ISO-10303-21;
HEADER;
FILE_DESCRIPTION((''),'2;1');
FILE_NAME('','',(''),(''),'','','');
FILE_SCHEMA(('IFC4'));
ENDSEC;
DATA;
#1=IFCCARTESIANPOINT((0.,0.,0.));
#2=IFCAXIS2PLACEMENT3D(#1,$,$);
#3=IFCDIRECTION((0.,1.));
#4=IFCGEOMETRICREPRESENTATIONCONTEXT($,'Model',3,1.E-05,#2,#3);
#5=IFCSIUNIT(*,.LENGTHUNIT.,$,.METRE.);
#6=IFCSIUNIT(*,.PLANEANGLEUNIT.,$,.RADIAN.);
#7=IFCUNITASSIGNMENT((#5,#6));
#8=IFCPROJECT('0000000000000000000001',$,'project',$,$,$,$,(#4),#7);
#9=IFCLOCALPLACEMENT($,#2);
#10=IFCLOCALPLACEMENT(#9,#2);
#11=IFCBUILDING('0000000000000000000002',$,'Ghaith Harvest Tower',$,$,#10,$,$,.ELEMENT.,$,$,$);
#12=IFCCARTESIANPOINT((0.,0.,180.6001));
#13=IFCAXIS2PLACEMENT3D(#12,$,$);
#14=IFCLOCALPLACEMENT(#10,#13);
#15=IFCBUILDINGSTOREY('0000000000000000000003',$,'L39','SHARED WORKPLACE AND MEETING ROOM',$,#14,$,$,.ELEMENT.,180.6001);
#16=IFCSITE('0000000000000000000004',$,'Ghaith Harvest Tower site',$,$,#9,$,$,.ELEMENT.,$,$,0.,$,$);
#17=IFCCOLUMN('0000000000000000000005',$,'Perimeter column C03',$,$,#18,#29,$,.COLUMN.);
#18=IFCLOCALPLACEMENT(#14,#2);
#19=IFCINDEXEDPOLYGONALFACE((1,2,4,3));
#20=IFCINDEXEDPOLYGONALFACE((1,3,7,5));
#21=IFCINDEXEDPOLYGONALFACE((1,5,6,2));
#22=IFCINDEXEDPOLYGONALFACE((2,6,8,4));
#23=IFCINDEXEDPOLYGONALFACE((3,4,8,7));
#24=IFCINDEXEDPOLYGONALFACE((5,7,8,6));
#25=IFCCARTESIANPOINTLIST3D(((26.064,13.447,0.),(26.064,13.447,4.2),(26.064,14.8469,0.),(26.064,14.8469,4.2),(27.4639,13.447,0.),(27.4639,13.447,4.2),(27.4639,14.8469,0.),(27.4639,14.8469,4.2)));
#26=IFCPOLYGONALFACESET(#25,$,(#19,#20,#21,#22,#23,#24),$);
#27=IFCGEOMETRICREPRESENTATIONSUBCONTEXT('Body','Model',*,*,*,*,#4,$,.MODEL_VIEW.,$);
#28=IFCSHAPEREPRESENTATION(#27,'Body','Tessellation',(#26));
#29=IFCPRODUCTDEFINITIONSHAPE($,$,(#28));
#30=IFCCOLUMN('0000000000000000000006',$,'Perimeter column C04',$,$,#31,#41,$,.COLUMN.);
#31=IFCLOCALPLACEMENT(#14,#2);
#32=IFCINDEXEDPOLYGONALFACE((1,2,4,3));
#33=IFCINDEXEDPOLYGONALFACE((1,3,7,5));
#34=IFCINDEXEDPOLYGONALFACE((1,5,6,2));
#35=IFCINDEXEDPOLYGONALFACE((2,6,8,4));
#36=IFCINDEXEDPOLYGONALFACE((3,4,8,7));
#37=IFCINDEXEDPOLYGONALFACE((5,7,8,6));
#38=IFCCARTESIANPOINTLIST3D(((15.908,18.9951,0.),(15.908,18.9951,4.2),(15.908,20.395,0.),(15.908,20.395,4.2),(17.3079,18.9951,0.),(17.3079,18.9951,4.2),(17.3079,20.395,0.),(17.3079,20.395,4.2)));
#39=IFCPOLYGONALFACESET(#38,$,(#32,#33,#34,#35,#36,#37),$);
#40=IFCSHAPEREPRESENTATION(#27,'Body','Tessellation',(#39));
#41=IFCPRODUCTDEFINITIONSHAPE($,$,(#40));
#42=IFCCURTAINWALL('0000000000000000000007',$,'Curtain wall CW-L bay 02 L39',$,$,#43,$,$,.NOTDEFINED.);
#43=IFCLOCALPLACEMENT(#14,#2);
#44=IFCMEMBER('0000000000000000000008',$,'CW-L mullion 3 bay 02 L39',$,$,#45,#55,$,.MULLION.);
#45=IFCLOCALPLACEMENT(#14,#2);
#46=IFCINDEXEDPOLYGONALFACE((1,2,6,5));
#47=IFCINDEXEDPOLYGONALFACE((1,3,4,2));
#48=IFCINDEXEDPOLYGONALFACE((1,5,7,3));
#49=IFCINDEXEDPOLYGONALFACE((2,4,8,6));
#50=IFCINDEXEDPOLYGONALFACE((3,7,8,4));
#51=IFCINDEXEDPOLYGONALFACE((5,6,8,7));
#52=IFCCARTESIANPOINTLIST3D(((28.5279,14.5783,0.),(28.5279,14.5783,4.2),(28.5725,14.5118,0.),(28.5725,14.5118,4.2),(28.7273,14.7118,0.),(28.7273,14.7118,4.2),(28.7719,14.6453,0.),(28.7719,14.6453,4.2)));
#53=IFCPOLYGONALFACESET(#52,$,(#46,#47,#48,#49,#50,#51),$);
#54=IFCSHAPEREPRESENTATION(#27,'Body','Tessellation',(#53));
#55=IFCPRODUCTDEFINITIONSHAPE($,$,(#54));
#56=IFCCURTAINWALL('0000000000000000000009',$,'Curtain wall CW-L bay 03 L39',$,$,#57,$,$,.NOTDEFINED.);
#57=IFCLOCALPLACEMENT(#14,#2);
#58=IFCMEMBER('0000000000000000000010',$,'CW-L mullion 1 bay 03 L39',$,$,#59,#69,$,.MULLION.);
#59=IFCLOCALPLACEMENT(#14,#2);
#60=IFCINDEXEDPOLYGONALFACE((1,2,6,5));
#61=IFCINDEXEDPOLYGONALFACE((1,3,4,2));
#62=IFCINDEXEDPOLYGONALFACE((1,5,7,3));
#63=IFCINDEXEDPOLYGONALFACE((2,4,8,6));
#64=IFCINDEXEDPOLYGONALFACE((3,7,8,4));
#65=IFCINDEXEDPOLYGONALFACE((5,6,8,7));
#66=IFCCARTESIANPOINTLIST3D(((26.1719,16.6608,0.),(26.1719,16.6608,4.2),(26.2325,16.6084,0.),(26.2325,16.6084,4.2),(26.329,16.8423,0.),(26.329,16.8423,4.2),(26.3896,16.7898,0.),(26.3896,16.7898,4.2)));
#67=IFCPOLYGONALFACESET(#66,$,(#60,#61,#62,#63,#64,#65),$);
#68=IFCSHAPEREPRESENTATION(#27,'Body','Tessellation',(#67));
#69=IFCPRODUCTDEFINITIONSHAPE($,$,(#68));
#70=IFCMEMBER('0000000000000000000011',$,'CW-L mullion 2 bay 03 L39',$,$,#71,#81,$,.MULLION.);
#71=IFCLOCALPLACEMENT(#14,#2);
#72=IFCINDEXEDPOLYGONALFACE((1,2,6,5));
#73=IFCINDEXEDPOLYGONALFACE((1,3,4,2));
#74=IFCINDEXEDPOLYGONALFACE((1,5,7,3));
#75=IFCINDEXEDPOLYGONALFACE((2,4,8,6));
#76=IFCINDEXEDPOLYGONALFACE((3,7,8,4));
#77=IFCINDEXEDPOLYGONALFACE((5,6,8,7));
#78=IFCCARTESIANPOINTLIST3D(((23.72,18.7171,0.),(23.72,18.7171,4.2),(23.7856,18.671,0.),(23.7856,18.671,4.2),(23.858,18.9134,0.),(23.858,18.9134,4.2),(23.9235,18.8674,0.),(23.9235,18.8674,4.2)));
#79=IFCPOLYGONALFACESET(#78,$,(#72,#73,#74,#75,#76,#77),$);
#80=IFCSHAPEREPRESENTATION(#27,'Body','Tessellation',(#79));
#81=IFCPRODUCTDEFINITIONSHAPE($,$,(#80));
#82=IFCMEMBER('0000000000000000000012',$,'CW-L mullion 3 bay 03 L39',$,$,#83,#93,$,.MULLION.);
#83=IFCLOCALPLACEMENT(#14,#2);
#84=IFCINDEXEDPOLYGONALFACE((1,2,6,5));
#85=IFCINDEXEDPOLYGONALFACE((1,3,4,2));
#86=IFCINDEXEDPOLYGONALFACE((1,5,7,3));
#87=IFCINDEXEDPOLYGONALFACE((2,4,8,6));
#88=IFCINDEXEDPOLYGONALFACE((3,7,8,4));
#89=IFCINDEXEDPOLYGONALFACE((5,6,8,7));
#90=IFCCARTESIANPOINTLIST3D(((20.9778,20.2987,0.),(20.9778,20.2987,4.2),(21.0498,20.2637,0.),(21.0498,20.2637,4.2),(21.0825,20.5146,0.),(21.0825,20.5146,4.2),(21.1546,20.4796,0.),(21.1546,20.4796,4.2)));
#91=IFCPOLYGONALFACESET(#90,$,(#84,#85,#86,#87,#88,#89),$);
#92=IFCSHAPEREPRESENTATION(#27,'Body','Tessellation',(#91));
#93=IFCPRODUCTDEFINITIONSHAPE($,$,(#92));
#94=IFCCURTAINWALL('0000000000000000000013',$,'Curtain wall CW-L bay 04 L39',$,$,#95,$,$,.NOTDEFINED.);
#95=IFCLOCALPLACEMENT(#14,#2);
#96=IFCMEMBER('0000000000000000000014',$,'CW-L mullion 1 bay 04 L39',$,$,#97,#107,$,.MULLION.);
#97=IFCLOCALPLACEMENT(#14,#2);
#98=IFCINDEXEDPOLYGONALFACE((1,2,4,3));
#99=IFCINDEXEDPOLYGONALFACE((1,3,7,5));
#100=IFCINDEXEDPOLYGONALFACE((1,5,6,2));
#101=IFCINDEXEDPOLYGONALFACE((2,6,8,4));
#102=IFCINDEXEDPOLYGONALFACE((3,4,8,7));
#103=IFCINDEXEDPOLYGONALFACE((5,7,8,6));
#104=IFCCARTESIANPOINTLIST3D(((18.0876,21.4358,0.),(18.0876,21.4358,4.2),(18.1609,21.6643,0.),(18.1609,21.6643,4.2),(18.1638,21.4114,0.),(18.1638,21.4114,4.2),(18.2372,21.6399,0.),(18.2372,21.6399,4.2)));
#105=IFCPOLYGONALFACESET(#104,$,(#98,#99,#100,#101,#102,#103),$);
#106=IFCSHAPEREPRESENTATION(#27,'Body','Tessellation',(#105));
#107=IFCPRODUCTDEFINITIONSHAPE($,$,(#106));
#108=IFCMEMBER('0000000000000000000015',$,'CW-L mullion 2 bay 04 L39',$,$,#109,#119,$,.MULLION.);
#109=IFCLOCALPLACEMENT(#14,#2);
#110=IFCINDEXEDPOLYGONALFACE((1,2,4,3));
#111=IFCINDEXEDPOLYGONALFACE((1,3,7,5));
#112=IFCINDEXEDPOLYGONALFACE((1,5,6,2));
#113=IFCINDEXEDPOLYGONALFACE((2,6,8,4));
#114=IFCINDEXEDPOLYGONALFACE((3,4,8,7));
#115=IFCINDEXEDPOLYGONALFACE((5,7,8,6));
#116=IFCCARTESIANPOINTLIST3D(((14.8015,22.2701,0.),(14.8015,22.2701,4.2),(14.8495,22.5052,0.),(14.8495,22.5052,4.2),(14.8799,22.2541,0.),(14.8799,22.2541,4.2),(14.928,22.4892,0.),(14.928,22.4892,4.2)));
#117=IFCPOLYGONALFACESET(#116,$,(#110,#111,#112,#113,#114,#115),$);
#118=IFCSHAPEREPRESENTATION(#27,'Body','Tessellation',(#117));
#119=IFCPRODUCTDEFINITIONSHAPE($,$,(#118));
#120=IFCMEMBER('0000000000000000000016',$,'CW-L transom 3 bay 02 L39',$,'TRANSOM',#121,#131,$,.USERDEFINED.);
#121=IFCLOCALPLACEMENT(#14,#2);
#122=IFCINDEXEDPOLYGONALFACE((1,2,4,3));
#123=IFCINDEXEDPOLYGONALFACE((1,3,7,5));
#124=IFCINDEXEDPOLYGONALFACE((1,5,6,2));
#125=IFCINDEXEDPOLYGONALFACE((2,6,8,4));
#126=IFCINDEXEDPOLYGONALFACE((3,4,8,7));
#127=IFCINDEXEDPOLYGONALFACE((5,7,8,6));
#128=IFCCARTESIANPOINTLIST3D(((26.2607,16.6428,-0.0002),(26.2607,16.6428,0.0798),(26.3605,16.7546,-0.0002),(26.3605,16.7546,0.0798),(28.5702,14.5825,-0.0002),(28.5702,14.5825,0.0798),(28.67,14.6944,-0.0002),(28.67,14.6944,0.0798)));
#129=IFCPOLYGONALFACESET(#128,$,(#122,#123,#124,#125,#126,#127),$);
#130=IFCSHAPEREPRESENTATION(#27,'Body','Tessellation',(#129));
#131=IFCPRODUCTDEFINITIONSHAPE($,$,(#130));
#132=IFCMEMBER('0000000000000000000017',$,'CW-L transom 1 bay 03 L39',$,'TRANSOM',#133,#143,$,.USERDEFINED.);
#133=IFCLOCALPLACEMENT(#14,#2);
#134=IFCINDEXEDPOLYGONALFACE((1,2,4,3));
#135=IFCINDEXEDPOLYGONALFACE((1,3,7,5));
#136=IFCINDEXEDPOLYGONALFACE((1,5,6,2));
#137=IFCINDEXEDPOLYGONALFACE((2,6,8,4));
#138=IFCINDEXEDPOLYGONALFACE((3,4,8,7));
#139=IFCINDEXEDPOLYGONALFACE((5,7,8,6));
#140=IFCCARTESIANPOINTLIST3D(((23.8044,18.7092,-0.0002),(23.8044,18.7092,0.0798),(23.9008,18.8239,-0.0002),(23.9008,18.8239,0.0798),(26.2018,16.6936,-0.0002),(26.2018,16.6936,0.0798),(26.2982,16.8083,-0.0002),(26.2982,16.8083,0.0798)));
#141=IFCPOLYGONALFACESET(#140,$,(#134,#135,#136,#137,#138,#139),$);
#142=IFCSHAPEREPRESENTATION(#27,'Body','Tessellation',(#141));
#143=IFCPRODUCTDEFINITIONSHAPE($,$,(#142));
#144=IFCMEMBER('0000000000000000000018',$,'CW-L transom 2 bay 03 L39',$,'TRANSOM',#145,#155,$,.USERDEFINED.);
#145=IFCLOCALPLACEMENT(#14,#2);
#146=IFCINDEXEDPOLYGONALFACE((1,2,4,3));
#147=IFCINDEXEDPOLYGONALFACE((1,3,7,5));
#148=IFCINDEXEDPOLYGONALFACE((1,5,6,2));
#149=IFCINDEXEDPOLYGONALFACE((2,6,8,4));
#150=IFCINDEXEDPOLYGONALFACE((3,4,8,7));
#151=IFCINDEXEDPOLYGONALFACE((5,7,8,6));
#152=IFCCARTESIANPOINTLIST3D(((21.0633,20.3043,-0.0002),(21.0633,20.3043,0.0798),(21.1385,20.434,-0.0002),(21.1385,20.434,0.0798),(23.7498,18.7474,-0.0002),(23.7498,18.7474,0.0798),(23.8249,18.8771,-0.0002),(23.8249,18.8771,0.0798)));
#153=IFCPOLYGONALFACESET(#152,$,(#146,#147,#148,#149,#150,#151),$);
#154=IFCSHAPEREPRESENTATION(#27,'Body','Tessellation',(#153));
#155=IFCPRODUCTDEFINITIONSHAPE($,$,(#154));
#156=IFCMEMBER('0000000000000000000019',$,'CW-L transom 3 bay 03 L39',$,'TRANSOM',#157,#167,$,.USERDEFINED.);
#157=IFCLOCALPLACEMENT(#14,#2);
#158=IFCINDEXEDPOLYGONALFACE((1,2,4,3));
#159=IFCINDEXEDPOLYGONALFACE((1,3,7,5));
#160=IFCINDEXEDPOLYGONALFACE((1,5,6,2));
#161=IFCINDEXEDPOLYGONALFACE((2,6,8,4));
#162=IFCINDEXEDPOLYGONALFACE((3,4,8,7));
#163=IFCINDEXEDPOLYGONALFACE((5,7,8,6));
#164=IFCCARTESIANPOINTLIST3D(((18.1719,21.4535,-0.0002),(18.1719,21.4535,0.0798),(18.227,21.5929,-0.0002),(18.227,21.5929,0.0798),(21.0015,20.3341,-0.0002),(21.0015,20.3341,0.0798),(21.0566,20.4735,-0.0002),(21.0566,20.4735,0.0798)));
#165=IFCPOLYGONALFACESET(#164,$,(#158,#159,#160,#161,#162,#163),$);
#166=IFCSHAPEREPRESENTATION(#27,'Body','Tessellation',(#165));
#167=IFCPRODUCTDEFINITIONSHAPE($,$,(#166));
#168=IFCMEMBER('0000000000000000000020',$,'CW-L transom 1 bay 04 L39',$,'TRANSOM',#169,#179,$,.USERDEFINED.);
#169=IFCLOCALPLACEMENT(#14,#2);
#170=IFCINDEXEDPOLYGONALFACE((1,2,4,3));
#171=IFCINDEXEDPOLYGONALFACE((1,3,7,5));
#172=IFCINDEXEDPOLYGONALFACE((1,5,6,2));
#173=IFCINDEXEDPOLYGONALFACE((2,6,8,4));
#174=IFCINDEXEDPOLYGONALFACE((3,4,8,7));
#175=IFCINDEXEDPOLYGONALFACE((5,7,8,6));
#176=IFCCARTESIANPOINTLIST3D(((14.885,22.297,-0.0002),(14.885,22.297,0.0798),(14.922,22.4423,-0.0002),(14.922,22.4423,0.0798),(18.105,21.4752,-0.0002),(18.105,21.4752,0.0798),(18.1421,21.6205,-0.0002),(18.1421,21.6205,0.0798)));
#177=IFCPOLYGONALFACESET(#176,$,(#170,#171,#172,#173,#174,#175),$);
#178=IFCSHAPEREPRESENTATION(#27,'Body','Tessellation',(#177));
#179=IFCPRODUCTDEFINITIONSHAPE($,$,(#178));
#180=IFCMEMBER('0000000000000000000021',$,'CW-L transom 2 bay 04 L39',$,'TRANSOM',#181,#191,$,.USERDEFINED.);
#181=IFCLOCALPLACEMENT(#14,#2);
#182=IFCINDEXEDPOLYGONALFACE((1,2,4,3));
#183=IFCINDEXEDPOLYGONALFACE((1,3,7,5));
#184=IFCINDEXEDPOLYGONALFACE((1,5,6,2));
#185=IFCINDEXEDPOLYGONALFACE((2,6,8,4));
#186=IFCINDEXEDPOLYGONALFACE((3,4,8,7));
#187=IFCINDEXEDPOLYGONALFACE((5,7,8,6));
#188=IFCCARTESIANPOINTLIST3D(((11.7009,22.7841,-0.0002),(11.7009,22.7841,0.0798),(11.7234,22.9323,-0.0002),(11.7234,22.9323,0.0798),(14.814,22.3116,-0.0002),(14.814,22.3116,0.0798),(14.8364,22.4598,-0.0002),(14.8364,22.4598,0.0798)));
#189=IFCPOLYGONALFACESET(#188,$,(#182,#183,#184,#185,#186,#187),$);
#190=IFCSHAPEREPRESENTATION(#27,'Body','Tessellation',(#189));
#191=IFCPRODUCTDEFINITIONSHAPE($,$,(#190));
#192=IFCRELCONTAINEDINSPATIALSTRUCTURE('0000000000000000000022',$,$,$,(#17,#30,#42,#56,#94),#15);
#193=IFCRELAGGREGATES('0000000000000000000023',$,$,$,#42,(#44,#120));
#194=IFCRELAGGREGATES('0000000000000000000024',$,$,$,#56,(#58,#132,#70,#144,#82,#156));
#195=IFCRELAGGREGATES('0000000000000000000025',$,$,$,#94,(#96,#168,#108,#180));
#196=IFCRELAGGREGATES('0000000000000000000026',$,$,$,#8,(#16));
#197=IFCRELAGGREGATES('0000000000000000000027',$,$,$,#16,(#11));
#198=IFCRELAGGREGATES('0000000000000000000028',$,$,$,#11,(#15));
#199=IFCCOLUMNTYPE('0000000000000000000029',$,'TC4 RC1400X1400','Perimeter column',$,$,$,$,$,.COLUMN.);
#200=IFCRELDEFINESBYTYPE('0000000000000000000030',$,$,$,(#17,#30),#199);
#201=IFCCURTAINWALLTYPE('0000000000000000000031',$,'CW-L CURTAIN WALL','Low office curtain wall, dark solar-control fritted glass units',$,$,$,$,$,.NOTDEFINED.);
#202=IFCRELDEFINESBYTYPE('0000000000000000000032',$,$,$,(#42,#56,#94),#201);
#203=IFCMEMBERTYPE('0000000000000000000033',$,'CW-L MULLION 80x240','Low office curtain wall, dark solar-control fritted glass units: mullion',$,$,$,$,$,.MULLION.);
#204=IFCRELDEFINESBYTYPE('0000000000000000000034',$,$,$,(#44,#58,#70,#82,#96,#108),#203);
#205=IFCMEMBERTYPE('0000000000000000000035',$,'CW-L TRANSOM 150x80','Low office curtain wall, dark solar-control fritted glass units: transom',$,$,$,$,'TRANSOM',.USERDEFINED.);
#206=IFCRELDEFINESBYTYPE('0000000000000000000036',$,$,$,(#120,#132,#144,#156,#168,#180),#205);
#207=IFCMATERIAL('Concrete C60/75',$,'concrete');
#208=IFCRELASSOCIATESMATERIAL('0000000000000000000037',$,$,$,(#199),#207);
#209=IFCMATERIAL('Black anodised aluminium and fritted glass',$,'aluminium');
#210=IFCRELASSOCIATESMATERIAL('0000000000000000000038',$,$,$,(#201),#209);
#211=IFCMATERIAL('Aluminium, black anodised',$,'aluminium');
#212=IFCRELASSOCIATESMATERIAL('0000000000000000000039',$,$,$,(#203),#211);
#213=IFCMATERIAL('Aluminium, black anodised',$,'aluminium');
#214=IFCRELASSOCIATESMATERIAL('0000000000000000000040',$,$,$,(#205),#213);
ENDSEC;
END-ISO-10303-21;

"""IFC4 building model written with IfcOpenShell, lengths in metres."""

from ifc_helpers import new_model, si_unit, direction, frame, origin, origin_2d, place, context, subcontext, project, spatial, rectangle, extrude, material, material_profile, profile_set, type_object, element, aggregate, save


model = new_model("IFC4")

# Units and contexts
model_context = context("Model", 3, precision=1e-05, world=origin(), true_north=direction((0.0, 1.0)))
body_context = subcontext(model_context, "Body", "Model", "MODEL_VIEW")
ifc_project = project(units=[si_unit("LENGTHUNIT", "METRE"), si_unit("PLANEANGLEUNIT", "RADIAN")], contexts=[model_context])

# Site, building, storey
site_placement = place(None, origin())
site = spatial("IfcSite", under=ifc_project, at=site_placement, Name="Ghaith Harvest Tower site", CompositionType="ELEMENT", RefElevation=0.0)
building_placement = place(site_placement, origin())
building = spatial("IfcBuilding", under=site, at=building_placement, Name="Ghaith Harvest Tower", CompositionType="ELEMENT")
storey_placement = place(building_placement, frame((0.0, 0.0, 180.6001)))
storey = spatial("IfcBuildingStorey", under=building, at=storey_placement, Name="L39", Description="SHARED WORKPLACE AND MEETING ROOM", CompositionType="ELEMENT", Elevation=180.6001)

# Columns
ifc_material_1 = material(Name="Concrete C60/75", Category="concrete")
ifc_material_profile_1 = material_profile(ifc_material_1, rectangle(XDim=1.3999, YDim=1.3999, at=origin_2d()), Name="RC1400X1400")
ifc_profile_set_1 = profile_set([ifc_material_profile_1], Name="Concrete C60/75")
column_type = type_object("IfcColumnType", Name="TC4 RC1400X1400", Description="Perimeter column", PredefinedType="COLUMN", material=ifc_profile_set_1)
for number, where, z_axis, x_axis, name in (
    (1, (26.7639, 14.147, 0.0), (0.0, 0.0, 1.0), (1.0, 0.0, 0.0), "Perimeter column C03"),
    (2, (16.6079, 19.6951, 0.0), (0.0, 0.0, 1.0), (1.0, 0.0, 0.0), "Perimeter column C04"),
):
    element("IfcColumn", number, at=place(storey_placement, frame(where, z_axis=z_axis, x_axis=x_axis)), inside=storey, type_object=column_type, Name=name, PredefinedType="COLUMN", context=body_context, shape_type="SweptSolid", body=[
        extrude(rectangle(XDim=1.3999, YDim=1.3999, at=origin_2d()), origin(), (0.0, 0.0, 1.0), 4.2),
    ])

# Curtain wall, member
ifc_material_2 = material(Name="Black anodised aluminium and fritted glass", Category="aluminium")
curtain_wall_type = type_object("IfcCurtainWallType", Name="CW-L CURTAIN WALL", Description="Low office curtain wall, dark solar-control fritted glass units", PredefinedType="NOTDEFINED", material=ifc_material_2)
curtain_wall_1_placement = place(storey_placement, origin())
curtain_wall_1 = element("IfcCurtainWall", 3, at=curtain_wall_1_placement, inside=storey, type_object=curtain_wall_type, Name="Curtain wall CW-L bay 02 L39", PredefinedType="NOTDEFINED")
ifc_material_3 = material(Name="Aluminium, black anodised", Category="aluminium")
ifc_material_profile_2 = material_profile(ifc_material_3, rectangle(XDim=0.0801, YDim=0.24, at=origin_2d()), Name="CW-L MULLION 80x240")
ifc_profile_set_2 = profile_set([ifc_material_profile_2], Name="Aluminium, black anodised")
member_type_1 = type_object("IfcMemberType", Name="CW-L MULLION 80x240", Description="Low office curtain wall, dark solar-control fritted glass units: mullion", PredefinedType="MULLION", material=ifc_profile_set_2)
member_1_placement = place(storey_placement, frame((28.6499, 14.6118, 0.0), z_axis=(0.0, 0.0, 1.0), x_axis=(-0.556324, 0.830965, 0.0)))
member_1 = element("IfcMember", 4, at=member_1_placement, type_object=member_type_1, Name="CW-L mullion 3 bay 02 L39", PredefinedType="MULLION", context=body_context, shape_type="SweptSolid", body=[
    extrude(rectangle(XDim=0.0801, YDim=0.24, at=origin_2d()), origin(), (0.0, 0.0, 1.0), 4.2),
])

# Curtain walls, members
curtain_wall_2_placement = place(storey_placement, origin())
curtain_wall_2 = element("IfcCurtainWall", 5, at=curtain_wall_2_placement, inside=storey, type_object=curtain_wall_type, Name="Curtain wall CW-L bay 03 L39", PredefinedType="NOTDEFINED")
member_2_placement = place(storey_placement, frame((26.2808, 16.7253, 0.0), z_axis=(0.0, 0.0, 1.0), x_axis=(-0.755999, 0.654572, 0.0)))
member_2 = element("IfcMember", 6, at=member_2_placement, type_object=member_type_1, Name="CW-L mullion 1 bay 03 L39", PredefinedType="MULLION", context=body_context, shape_type="SweptSolid", body=[
    extrude(rectangle(XDim=0.0801, YDim=0.24, at=origin_2d()), origin(), (0.0, 0.0, 1.0), 4.2),
])
member_3_placement = place(storey_placement, frame((23.8218, 18.7922, 0.0), z_axis=(0.0, 0.0, 1.0), x_axis=(-0.818229, 0.574893, 0.0)))
member_3 = element("IfcMember", 7, at=member_3_placement, type_object=member_type_1, Name="CW-L mullion 2 bay 03 L39", PredefinedType="MULLION", context=body_context, shape_type="SweptSolid", body=[
    extrude(rectangle(XDim=0.0801, YDim=0.24, at=origin_2d()), origin(), (0.0, 0.0, 1.0), 4.2),
])
member_4_placement = place(storey_placement, frame((21.0662, 20.3892, 0.0), z_axis=(0.0, 0.0, 1.0), x_axis=(-0.899713, 0.436481, 0.0)))
member_4 = element("IfcMember", 8, at=member_4_placement, type_object=member_type_1, Name="CW-L mullion 3 bay 03 L39", PredefinedType="MULLION", context=body_context, shape_type="SweptSolid", body=[
    extrude(rectangle(XDim=0.0801, YDim=0.24, at=origin_2d()), origin(), (0.0, 0.0, 1.0), 4.2),
])
curtain_wall_3_placement = place(storey_placement, origin())
curtain_wall_3 = element("IfcCurtainWall", 9, at=curtain_wall_3_placement, inside=storey, type_object=curtain_wall_type, Name="Curtain wall CW-L bay 04 L39", PredefinedType="NOTDEFINED")
member_5_placement = place(storey_placement, frame((18.1624, 21.5378, 0.0), z_axis=(0.0, 0.0, 1.0), x_axis=(-0.952152, 0.305624, 0.0)))
member_5 = element("IfcMember", 10, at=member_5_placement, type_object=member_type_1, Name="CW-L mullion 1 bay 04 L39", PredefinedType="MULLION", context=body_context, shape_type="SweptSolid", body=[
    extrude(rectangle(XDim=0.0801, YDim=0.24, at=origin_2d()), origin(), (0.0, 0.0, 1.0), 4.2),
])
member_6_placement = place(storey_placement, frame((14.8647, 22.3796, 0.0), z_axis=(0.0, 0.0, 1.0), x_axis=(-0.979752, 0.200215, 0.0)))
member_6 = element("IfcMember", 11, at=member_6_placement, type_object=member_type_1, Name="CW-L mullion 2 bay 04 L39", PredefinedType="MULLION", context=body_context, shape_type="SweptSolid", body=[
    extrude(rectangle(XDim=0.0801, YDim=0.24, at=origin_2d()), origin(), (0.0, 0.0, 1.0), 4.2),
])

# Members
ifc_material_4 = material(Name="Aluminium, black anodised", Category="aluminium")
ifc_material_profile_3 = material_profile(ifc_material_4, rectangle(XDim=0.1499, YDim=0.0801, at=origin_2d()), Name="CW-L TRANSOM 150x80")
ifc_profile_set_3 = profile_set([ifc_material_profile_3], Name="Aluminium, black anodised")
member_type_2 = type_object("IfcMemberType", Name="CW-L TRANSOM 150x80", Description="Low office curtain wall, dark solar-control fritted glass units: transom", ElementType="TRANSOM", PredefinedType="USERDEFINED", material=ifc_profile_set_3)
member_7_placement = place(storey_placement, frame((28.6201, 14.6384, 0.0398), z_axis=(-0.746229, 0.66569, 0.0), x_axis=(-0.66569, -0.746229, 0.0)))
member_7 = element("IfcMember", 12, at=member_7_placement, type_object=member_type_2, Name="CW-L transom 3 bay 02 L39", ObjectType="TRANSOM", PredefinedType="USERDEFINED", context=body_context, shape_type="SweptSolid", body=[
    extrude(rectangle(XDim=0.1499, YDim=0.0801, at=origin_2d()), origin(), (0.0, 0.0, 1.0), 3.095),
])
member_8_placement = place(storey_placement, frame((26.25, 16.751, 0.0398), z_axis=(-0.765428, 0.643521, 0.0), x_axis=(-0.643521, -0.765428, 0.0)))
member_8 = element("IfcMember", 13, at=member_8_placement, type_object=member_type_2, Name="CW-L transom 1 bay 03 L39", ObjectType="TRANSOM", PredefinedType="USERDEFINED", context=body_context, shape_type="SweptSolid", body=[
    extrude(rectangle(XDim=0.1499, YDim=0.0801, at=origin_2d()), origin(), (0.0, 0.0, 1.0), 3.1321),
])
member_9_placement = place(storey_placement, frame((23.7874, 18.8123, 0.0398), z_axis=(-0.865213, 0.501405, 0.0), x_axis=(-0.501405, -0.865213, 0.0)))
member_9 = element("IfcMember", 14, at=member_9_placement, type_object=member_type_2, Name="CW-L transom 2 bay 03 L39", ObjectType="TRANSOM", PredefinedType="USERDEFINED", context=body_context, shape_type="SweptSolid", body=[
    extrude(rectangle(XDim=0.1499, YDim=0.0801, at=origin_2d()), origin(), (0.0, 0.0, 1.0), 3.105),
])
member_10_placement = place(storey_placement, frame((21.0291, 20.4038, 0.0398), z_axis=(-0.929881, 0.367861, 0.0), x_axis=(-0.367861, -0.929881, 0.0)))
member_10 = element("IfcMember", 15, at=member_10_placement, type_object=member_type_2, Name="CW-L transom 3 bay 03 L39", ObjectType="TRANSOM", PredefinedType="USERDEFINED", context=body_context, shape_type="SweptSolid", body=[
    extrude(rectangle(XDim=0.1499, YDim=0.0801, at=origin_2d()), origin(), (0.0, 0.0, 1.0), 3.043),
])
member_11_placement = place(storey_placement, frame((18.1235, 21.5479, 0.0398), z_axis=(-0.968942, 0.247286, 0.0), x_axis=(-0.247286, -0.968942, 0.0)))
member_11 = element("IfcMember", 16, at=member_11_placement, type_object=member_type_2, Name="CW-L transom 1 bay 04 L39", ObjectType="TRANSOM", PredefinedType="USERDEFINED", context=body_context, shape_type="SweptSolid", body=[
    extrude(rectangle(XDim=0.1499, YDim=0.0801, at=origin_2d()), origin(), (0.0, 0.0, 1.0), 3.3232),
])
member_12_placement = place(storey_placement, frame((14.8252, 22.3857, 0.0398), z_axis=(-0.988681, 0.150035, 0.0), x_axis=(-0.150035, -0.988681, 0.0)))
member_12 = element("IfcMember", 17, at=member_12_placement, type_object=member_type_2, Name="CW-L transom 2 bay 04 L39", ObjectType="TRANSOM", PredefinedType="USERDEFINED", context=body_context, shape_type="SweptSolid", body=[
    extrude(rectangle(XDim=0.1499, YDim=0.0801, at=origin_2d()), origin(), (0.0, 0.0, 1.0), 3.1487),
])

aggregate(curtain_wall_1, [member_1, member_7])
aggregate(curtain_wall_2, [member_2, member_8, member_3, member_9, member_4, member_10])
aggregate(curtain_wall_3, [member_5, member_11, member_6, member_12])

save(model, "model.ifc")
